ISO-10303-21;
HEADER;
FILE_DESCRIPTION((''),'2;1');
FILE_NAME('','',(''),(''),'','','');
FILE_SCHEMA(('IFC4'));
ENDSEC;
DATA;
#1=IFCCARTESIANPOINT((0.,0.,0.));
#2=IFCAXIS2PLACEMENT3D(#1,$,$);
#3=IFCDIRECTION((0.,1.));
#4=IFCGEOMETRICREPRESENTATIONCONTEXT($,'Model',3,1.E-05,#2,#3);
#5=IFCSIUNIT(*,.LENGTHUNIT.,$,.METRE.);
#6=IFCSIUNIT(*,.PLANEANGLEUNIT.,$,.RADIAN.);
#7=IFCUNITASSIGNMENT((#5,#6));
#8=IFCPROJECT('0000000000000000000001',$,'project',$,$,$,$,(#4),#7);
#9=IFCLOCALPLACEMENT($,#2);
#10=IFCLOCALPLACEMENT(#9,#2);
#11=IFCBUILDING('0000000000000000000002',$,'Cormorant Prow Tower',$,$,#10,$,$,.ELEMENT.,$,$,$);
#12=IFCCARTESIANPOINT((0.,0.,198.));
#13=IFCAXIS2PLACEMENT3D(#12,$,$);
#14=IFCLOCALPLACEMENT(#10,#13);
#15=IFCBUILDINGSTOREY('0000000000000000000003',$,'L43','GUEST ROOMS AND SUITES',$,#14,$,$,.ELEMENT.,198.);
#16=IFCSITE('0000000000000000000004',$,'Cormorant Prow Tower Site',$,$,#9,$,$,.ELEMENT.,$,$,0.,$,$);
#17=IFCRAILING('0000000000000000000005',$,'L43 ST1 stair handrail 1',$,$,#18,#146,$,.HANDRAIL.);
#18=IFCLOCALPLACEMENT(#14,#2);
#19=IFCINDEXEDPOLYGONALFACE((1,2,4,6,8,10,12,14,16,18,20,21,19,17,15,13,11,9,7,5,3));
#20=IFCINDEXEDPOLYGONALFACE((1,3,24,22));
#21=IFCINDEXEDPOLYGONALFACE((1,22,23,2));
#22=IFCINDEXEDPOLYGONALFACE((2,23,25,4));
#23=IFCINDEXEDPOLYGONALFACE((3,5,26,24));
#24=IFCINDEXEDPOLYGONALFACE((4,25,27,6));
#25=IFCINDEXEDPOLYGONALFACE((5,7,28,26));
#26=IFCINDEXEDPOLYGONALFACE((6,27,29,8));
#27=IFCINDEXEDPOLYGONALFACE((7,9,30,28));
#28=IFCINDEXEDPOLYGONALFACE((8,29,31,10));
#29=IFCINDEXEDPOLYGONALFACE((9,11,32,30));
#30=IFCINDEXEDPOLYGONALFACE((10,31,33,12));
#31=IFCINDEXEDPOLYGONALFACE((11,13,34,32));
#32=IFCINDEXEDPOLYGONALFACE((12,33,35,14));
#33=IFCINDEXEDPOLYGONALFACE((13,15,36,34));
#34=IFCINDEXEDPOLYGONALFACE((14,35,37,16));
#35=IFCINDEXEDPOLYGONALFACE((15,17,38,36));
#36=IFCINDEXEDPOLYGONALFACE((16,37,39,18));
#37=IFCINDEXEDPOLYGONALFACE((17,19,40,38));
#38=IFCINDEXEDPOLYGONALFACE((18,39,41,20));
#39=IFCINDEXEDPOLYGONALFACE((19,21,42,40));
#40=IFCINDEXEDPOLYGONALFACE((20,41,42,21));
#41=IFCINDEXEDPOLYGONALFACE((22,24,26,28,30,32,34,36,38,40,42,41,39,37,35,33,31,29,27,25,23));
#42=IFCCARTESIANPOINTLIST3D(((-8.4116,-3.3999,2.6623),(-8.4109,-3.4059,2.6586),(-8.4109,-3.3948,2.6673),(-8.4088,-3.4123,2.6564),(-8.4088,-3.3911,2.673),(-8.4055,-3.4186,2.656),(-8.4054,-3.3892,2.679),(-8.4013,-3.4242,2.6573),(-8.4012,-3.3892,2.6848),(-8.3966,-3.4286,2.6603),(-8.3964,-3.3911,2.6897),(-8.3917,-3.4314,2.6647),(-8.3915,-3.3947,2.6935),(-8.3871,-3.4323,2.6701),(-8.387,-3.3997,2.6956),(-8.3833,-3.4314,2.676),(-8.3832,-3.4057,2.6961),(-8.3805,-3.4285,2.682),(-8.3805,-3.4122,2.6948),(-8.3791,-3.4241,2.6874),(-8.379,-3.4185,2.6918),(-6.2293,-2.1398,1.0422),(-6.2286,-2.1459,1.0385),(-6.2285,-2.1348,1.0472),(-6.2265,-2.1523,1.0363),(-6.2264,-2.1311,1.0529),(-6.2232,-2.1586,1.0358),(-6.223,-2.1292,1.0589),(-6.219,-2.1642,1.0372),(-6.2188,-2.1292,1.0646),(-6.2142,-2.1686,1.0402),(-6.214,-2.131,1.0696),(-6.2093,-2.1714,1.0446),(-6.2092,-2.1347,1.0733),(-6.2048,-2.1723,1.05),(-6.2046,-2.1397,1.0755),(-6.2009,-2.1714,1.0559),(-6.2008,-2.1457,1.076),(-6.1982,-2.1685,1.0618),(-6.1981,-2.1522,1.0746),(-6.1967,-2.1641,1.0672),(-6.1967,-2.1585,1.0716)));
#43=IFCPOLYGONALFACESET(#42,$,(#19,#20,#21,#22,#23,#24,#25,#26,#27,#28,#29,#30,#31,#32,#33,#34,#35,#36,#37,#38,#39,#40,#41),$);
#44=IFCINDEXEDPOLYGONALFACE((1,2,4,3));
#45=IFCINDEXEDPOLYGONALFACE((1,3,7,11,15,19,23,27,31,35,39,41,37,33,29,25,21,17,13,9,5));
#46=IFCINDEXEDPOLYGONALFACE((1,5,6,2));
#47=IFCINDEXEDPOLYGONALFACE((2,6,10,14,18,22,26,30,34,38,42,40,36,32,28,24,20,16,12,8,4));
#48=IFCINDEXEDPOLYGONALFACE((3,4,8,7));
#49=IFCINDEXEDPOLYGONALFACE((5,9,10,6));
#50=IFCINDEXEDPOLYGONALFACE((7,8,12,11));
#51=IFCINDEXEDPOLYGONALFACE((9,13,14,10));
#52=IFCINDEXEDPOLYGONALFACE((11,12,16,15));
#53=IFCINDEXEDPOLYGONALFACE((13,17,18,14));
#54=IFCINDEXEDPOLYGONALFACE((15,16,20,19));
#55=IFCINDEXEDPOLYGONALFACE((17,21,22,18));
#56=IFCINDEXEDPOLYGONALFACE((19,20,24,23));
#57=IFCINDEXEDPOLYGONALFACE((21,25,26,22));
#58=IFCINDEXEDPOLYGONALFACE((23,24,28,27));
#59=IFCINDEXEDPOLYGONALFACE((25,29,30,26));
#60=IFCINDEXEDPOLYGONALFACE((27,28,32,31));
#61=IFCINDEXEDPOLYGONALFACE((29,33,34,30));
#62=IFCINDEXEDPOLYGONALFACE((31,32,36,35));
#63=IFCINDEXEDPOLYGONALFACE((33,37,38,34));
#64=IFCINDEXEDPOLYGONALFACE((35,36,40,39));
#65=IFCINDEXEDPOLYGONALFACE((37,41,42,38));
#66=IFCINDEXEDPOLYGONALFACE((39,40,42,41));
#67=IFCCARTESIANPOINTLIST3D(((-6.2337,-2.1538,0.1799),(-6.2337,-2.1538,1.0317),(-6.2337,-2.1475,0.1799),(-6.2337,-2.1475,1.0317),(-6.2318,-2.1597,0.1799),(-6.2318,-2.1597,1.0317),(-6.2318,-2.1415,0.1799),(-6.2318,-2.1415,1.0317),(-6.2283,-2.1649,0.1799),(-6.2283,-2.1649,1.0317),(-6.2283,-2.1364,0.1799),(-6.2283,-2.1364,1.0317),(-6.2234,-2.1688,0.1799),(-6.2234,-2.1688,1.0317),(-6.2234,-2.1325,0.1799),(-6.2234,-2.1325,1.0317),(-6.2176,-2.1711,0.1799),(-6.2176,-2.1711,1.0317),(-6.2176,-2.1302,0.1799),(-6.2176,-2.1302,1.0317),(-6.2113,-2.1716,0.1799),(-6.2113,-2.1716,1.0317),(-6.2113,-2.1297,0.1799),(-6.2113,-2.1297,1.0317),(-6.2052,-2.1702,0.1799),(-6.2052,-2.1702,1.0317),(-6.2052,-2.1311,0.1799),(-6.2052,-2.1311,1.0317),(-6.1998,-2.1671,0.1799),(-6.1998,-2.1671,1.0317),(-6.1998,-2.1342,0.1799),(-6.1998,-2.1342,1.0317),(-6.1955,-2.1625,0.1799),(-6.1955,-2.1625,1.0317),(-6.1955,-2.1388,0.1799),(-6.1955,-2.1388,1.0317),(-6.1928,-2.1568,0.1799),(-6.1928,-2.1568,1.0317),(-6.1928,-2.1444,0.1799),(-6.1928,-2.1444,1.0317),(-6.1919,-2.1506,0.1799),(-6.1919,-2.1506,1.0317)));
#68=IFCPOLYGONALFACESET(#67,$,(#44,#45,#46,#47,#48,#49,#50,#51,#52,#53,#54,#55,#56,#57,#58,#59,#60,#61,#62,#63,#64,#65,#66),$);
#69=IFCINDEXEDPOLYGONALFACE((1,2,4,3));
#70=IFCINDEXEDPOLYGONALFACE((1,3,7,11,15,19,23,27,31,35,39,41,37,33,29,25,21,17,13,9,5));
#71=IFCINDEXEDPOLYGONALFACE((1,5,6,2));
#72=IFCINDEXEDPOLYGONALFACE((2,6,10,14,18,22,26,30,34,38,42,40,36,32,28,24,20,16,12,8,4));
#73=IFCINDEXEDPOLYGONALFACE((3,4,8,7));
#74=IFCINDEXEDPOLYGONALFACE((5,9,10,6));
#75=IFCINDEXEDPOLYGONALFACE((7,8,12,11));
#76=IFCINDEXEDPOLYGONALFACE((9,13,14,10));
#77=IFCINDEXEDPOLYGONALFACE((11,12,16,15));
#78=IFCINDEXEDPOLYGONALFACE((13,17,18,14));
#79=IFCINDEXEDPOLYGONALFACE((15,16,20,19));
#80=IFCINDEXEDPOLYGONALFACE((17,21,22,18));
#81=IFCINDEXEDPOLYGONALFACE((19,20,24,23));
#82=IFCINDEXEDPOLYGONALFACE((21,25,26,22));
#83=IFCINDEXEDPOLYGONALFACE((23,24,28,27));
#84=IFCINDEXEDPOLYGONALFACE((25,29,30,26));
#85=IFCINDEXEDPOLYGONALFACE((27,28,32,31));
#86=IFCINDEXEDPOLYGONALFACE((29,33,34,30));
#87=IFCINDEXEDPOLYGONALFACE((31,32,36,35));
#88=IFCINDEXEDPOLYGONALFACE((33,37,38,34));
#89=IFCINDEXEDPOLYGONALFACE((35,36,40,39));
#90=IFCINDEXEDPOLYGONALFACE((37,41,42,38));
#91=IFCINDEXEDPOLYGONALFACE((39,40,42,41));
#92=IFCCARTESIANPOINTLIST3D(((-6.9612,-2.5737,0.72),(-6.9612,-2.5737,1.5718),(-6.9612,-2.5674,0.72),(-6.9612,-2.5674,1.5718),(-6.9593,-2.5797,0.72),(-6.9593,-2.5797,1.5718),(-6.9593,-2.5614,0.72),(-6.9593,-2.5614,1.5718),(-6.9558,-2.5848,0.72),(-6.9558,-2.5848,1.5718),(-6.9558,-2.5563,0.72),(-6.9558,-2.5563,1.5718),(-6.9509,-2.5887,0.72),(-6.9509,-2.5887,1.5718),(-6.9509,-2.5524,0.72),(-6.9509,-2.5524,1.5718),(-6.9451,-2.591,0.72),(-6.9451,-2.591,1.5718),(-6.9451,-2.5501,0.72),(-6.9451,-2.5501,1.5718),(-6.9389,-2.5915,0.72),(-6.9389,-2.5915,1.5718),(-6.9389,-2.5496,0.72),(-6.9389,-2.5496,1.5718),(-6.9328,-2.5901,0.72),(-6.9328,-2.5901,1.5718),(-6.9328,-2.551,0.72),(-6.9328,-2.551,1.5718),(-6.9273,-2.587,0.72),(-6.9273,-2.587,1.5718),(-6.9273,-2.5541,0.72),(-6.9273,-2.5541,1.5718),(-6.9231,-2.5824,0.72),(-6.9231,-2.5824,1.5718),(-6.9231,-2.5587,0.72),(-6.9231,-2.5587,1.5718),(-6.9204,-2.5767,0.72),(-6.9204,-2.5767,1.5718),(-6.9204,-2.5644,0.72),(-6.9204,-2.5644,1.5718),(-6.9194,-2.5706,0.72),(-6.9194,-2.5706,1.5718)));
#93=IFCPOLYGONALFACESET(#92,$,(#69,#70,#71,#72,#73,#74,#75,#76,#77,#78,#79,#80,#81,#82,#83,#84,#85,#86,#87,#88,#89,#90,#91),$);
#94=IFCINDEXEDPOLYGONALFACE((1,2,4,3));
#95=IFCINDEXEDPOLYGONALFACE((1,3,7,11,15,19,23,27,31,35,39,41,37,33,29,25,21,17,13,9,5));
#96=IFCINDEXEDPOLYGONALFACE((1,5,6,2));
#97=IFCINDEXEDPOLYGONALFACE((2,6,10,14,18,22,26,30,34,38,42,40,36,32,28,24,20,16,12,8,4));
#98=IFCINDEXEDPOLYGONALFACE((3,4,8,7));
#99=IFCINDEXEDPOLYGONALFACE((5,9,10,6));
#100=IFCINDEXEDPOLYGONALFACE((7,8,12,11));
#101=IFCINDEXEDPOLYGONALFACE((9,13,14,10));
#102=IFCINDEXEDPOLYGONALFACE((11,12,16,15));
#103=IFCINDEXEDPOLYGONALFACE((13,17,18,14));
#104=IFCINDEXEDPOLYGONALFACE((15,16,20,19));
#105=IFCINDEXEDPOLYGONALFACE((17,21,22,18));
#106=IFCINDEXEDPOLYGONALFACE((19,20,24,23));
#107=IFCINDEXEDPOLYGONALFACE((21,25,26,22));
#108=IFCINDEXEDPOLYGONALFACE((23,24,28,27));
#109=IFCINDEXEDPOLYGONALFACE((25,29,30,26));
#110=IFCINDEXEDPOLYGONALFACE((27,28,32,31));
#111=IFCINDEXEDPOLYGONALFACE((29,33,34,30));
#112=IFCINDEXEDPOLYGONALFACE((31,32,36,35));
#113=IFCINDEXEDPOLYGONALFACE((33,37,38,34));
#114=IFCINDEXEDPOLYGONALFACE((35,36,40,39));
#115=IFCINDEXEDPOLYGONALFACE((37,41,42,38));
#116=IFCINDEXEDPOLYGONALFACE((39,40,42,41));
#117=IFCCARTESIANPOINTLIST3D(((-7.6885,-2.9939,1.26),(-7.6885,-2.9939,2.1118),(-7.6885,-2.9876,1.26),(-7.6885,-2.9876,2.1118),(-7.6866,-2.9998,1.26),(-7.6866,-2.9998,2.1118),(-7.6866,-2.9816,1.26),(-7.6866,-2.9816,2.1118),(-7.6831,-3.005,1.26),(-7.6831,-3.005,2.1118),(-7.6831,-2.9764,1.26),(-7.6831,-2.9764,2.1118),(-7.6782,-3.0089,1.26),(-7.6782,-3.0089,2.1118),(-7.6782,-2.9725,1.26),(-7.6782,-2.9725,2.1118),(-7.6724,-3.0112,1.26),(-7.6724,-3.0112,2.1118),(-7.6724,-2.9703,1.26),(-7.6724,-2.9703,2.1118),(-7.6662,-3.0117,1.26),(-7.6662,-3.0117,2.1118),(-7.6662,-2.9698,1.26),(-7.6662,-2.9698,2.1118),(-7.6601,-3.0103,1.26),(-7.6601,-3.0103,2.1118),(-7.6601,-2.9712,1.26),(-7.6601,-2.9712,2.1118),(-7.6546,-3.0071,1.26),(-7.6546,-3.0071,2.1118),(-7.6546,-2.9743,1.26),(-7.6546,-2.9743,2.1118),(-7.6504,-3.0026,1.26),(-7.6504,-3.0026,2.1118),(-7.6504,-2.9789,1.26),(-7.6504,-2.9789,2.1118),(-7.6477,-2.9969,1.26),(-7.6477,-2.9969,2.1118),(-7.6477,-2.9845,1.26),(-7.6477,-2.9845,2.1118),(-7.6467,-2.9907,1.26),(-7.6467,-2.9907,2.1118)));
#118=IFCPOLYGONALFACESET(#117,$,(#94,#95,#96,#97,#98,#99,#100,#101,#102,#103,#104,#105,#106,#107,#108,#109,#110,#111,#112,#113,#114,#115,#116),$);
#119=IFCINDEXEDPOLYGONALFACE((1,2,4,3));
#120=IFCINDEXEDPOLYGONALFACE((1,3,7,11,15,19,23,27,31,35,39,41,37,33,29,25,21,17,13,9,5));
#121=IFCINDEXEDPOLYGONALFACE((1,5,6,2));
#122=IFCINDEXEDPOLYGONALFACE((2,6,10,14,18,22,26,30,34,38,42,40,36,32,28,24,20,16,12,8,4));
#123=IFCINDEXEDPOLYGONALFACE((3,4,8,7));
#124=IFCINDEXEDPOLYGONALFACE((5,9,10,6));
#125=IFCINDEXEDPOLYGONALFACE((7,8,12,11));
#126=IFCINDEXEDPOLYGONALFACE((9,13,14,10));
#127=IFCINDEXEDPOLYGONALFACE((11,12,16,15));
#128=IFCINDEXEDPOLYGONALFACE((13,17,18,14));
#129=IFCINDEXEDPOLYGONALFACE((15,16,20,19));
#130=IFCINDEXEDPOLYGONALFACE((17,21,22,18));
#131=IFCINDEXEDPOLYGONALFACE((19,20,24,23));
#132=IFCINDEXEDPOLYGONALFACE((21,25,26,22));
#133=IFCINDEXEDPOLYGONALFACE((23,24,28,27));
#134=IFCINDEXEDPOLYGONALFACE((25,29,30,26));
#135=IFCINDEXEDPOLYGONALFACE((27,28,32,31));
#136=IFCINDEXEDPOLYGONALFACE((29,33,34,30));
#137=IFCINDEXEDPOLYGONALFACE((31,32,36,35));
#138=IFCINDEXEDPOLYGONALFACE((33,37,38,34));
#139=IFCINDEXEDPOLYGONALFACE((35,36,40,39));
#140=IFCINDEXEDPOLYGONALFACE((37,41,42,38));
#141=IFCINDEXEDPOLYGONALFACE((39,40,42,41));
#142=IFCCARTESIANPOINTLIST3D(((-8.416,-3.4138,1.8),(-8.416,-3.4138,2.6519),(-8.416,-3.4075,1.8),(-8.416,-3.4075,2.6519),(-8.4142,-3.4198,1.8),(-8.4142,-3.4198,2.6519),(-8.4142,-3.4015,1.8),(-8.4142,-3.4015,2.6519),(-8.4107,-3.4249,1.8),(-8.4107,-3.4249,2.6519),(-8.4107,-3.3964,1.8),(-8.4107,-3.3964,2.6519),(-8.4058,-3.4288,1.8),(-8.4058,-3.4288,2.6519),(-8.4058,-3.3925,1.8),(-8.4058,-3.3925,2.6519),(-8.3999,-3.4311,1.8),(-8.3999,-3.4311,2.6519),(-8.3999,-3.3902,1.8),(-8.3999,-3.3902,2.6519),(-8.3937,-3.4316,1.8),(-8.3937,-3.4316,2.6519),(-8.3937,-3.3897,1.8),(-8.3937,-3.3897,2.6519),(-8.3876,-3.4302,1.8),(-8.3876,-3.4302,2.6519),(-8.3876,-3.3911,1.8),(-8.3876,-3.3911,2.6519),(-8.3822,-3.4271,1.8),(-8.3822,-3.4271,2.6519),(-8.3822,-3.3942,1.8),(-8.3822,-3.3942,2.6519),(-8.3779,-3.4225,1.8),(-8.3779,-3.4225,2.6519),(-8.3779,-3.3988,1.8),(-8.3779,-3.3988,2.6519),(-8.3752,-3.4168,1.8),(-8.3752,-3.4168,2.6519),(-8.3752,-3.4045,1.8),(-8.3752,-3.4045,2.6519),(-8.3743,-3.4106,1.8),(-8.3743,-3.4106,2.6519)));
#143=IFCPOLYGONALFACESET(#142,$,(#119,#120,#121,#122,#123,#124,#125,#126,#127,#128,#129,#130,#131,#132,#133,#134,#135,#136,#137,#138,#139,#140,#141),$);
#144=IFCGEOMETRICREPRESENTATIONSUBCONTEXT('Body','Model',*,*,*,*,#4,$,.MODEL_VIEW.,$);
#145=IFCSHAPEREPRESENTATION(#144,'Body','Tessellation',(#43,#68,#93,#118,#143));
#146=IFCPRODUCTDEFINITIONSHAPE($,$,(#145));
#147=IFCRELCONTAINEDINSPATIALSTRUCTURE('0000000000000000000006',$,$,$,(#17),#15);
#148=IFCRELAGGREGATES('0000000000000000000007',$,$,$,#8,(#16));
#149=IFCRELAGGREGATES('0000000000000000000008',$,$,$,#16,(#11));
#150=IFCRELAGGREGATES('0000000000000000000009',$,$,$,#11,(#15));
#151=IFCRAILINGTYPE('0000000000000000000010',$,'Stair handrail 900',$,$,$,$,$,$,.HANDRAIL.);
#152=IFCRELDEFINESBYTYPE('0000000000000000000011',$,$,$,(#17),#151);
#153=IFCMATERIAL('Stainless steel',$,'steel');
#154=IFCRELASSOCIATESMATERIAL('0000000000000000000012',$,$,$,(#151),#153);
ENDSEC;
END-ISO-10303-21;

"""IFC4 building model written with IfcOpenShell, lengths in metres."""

from ifc_helpers import new_model, si_unit, direction, frame, origin, origin_2d, place, context, subcontext, project, spatial, circle, extrude, material, type_object, element, save


model = new_model("IFC4")

# Units and contexts
model_context = context("Model", 3, precision=1e-05, world=origin(), true_north=direction((0.0, 1.0)))
body_context = subcontext(model_context, "Body", "Model", "MODEL_VIEW")
ifc_project = project(units=[si_unit("LENGTHUNIT", "METRE"), si_unit("PLANEANGLEUNIT", "RADIAN")], contexts=[model_context])

# Site, building, storey
site_placement = place(None, origin())
site = spatial("IfcSite", under=ifc_project, at=site_placement, Name="Cormorant Prow Tower Site", CompositionType="ELEMENT", RefElevation=0.0)
building_placement = place(site_placement, origin())
building = spatial("IfcBuilding", under=site, at=building_placement, Name="Cormorant Prow Tower", CompositionType="ELEMENT")
storey_placement = place(building_placement, frame((0.0, 0.0, 198.0)))
storey = spatial("IfcBuildingStorey", under=building, at=storey_placement, Name="L43", Description="GUEST ROOMS AND SUITES", CompositionType="ELEMENT", Elevation=198.0)

# Railing
ifc_material_1 = material(Name="Stainless steel", Category="steel")
railing_type_1 = type_object("IfcRailingType", Name="Stair handrail 900", PredefinedType="HANDRAIL", material=ifc_material_1)
railing_1_placement = place(storey_placement, frame((-6.2129, -2.1506, 0.1799)))
element("IfcRailing", 1, at=railing_1_placement, inside=storey, type_object=railing_type_1, Name="L43 ST1 stair handrail 1", PredefinedType="HANDRAIL", context=body_context, shape_type="SweptSolid", body=[
    extrude(circle(Radius=0.0239, at=origin_2d()), frame((0.0, 0.0, 0.876), z_axis=(-0.728464, -0.420584, 0.540786), x_axis=(0.500005, -0.866023, 0.0)), (0.0, 0.0, 1.0), 2.9958),
    extrude(circle(Radius=0.021, at=origin_2d()), origin(), (0.0, 0.0, 1.0), 0.8518),
    extrude(circle(Radius=0.021, at=origin_2d()), frame((-0.7275, -0.4199, 0.54)), (0.0, 0.0, 1.0), 0.8518),
    extrude(circle(Radius=0.021, at=origin_2d()), frame((-1.4548, -0.8401, 1.0801)), (0.0, 0.0, 1.0), 0.8518),
    extrude(circle(Radius=0.021, at=origin_2d()), frame((-2.1824, -1.26, 1.6201)), (0.0, 0.0, 1.0), 0.8518),
])

save(model, "model.ifc")
